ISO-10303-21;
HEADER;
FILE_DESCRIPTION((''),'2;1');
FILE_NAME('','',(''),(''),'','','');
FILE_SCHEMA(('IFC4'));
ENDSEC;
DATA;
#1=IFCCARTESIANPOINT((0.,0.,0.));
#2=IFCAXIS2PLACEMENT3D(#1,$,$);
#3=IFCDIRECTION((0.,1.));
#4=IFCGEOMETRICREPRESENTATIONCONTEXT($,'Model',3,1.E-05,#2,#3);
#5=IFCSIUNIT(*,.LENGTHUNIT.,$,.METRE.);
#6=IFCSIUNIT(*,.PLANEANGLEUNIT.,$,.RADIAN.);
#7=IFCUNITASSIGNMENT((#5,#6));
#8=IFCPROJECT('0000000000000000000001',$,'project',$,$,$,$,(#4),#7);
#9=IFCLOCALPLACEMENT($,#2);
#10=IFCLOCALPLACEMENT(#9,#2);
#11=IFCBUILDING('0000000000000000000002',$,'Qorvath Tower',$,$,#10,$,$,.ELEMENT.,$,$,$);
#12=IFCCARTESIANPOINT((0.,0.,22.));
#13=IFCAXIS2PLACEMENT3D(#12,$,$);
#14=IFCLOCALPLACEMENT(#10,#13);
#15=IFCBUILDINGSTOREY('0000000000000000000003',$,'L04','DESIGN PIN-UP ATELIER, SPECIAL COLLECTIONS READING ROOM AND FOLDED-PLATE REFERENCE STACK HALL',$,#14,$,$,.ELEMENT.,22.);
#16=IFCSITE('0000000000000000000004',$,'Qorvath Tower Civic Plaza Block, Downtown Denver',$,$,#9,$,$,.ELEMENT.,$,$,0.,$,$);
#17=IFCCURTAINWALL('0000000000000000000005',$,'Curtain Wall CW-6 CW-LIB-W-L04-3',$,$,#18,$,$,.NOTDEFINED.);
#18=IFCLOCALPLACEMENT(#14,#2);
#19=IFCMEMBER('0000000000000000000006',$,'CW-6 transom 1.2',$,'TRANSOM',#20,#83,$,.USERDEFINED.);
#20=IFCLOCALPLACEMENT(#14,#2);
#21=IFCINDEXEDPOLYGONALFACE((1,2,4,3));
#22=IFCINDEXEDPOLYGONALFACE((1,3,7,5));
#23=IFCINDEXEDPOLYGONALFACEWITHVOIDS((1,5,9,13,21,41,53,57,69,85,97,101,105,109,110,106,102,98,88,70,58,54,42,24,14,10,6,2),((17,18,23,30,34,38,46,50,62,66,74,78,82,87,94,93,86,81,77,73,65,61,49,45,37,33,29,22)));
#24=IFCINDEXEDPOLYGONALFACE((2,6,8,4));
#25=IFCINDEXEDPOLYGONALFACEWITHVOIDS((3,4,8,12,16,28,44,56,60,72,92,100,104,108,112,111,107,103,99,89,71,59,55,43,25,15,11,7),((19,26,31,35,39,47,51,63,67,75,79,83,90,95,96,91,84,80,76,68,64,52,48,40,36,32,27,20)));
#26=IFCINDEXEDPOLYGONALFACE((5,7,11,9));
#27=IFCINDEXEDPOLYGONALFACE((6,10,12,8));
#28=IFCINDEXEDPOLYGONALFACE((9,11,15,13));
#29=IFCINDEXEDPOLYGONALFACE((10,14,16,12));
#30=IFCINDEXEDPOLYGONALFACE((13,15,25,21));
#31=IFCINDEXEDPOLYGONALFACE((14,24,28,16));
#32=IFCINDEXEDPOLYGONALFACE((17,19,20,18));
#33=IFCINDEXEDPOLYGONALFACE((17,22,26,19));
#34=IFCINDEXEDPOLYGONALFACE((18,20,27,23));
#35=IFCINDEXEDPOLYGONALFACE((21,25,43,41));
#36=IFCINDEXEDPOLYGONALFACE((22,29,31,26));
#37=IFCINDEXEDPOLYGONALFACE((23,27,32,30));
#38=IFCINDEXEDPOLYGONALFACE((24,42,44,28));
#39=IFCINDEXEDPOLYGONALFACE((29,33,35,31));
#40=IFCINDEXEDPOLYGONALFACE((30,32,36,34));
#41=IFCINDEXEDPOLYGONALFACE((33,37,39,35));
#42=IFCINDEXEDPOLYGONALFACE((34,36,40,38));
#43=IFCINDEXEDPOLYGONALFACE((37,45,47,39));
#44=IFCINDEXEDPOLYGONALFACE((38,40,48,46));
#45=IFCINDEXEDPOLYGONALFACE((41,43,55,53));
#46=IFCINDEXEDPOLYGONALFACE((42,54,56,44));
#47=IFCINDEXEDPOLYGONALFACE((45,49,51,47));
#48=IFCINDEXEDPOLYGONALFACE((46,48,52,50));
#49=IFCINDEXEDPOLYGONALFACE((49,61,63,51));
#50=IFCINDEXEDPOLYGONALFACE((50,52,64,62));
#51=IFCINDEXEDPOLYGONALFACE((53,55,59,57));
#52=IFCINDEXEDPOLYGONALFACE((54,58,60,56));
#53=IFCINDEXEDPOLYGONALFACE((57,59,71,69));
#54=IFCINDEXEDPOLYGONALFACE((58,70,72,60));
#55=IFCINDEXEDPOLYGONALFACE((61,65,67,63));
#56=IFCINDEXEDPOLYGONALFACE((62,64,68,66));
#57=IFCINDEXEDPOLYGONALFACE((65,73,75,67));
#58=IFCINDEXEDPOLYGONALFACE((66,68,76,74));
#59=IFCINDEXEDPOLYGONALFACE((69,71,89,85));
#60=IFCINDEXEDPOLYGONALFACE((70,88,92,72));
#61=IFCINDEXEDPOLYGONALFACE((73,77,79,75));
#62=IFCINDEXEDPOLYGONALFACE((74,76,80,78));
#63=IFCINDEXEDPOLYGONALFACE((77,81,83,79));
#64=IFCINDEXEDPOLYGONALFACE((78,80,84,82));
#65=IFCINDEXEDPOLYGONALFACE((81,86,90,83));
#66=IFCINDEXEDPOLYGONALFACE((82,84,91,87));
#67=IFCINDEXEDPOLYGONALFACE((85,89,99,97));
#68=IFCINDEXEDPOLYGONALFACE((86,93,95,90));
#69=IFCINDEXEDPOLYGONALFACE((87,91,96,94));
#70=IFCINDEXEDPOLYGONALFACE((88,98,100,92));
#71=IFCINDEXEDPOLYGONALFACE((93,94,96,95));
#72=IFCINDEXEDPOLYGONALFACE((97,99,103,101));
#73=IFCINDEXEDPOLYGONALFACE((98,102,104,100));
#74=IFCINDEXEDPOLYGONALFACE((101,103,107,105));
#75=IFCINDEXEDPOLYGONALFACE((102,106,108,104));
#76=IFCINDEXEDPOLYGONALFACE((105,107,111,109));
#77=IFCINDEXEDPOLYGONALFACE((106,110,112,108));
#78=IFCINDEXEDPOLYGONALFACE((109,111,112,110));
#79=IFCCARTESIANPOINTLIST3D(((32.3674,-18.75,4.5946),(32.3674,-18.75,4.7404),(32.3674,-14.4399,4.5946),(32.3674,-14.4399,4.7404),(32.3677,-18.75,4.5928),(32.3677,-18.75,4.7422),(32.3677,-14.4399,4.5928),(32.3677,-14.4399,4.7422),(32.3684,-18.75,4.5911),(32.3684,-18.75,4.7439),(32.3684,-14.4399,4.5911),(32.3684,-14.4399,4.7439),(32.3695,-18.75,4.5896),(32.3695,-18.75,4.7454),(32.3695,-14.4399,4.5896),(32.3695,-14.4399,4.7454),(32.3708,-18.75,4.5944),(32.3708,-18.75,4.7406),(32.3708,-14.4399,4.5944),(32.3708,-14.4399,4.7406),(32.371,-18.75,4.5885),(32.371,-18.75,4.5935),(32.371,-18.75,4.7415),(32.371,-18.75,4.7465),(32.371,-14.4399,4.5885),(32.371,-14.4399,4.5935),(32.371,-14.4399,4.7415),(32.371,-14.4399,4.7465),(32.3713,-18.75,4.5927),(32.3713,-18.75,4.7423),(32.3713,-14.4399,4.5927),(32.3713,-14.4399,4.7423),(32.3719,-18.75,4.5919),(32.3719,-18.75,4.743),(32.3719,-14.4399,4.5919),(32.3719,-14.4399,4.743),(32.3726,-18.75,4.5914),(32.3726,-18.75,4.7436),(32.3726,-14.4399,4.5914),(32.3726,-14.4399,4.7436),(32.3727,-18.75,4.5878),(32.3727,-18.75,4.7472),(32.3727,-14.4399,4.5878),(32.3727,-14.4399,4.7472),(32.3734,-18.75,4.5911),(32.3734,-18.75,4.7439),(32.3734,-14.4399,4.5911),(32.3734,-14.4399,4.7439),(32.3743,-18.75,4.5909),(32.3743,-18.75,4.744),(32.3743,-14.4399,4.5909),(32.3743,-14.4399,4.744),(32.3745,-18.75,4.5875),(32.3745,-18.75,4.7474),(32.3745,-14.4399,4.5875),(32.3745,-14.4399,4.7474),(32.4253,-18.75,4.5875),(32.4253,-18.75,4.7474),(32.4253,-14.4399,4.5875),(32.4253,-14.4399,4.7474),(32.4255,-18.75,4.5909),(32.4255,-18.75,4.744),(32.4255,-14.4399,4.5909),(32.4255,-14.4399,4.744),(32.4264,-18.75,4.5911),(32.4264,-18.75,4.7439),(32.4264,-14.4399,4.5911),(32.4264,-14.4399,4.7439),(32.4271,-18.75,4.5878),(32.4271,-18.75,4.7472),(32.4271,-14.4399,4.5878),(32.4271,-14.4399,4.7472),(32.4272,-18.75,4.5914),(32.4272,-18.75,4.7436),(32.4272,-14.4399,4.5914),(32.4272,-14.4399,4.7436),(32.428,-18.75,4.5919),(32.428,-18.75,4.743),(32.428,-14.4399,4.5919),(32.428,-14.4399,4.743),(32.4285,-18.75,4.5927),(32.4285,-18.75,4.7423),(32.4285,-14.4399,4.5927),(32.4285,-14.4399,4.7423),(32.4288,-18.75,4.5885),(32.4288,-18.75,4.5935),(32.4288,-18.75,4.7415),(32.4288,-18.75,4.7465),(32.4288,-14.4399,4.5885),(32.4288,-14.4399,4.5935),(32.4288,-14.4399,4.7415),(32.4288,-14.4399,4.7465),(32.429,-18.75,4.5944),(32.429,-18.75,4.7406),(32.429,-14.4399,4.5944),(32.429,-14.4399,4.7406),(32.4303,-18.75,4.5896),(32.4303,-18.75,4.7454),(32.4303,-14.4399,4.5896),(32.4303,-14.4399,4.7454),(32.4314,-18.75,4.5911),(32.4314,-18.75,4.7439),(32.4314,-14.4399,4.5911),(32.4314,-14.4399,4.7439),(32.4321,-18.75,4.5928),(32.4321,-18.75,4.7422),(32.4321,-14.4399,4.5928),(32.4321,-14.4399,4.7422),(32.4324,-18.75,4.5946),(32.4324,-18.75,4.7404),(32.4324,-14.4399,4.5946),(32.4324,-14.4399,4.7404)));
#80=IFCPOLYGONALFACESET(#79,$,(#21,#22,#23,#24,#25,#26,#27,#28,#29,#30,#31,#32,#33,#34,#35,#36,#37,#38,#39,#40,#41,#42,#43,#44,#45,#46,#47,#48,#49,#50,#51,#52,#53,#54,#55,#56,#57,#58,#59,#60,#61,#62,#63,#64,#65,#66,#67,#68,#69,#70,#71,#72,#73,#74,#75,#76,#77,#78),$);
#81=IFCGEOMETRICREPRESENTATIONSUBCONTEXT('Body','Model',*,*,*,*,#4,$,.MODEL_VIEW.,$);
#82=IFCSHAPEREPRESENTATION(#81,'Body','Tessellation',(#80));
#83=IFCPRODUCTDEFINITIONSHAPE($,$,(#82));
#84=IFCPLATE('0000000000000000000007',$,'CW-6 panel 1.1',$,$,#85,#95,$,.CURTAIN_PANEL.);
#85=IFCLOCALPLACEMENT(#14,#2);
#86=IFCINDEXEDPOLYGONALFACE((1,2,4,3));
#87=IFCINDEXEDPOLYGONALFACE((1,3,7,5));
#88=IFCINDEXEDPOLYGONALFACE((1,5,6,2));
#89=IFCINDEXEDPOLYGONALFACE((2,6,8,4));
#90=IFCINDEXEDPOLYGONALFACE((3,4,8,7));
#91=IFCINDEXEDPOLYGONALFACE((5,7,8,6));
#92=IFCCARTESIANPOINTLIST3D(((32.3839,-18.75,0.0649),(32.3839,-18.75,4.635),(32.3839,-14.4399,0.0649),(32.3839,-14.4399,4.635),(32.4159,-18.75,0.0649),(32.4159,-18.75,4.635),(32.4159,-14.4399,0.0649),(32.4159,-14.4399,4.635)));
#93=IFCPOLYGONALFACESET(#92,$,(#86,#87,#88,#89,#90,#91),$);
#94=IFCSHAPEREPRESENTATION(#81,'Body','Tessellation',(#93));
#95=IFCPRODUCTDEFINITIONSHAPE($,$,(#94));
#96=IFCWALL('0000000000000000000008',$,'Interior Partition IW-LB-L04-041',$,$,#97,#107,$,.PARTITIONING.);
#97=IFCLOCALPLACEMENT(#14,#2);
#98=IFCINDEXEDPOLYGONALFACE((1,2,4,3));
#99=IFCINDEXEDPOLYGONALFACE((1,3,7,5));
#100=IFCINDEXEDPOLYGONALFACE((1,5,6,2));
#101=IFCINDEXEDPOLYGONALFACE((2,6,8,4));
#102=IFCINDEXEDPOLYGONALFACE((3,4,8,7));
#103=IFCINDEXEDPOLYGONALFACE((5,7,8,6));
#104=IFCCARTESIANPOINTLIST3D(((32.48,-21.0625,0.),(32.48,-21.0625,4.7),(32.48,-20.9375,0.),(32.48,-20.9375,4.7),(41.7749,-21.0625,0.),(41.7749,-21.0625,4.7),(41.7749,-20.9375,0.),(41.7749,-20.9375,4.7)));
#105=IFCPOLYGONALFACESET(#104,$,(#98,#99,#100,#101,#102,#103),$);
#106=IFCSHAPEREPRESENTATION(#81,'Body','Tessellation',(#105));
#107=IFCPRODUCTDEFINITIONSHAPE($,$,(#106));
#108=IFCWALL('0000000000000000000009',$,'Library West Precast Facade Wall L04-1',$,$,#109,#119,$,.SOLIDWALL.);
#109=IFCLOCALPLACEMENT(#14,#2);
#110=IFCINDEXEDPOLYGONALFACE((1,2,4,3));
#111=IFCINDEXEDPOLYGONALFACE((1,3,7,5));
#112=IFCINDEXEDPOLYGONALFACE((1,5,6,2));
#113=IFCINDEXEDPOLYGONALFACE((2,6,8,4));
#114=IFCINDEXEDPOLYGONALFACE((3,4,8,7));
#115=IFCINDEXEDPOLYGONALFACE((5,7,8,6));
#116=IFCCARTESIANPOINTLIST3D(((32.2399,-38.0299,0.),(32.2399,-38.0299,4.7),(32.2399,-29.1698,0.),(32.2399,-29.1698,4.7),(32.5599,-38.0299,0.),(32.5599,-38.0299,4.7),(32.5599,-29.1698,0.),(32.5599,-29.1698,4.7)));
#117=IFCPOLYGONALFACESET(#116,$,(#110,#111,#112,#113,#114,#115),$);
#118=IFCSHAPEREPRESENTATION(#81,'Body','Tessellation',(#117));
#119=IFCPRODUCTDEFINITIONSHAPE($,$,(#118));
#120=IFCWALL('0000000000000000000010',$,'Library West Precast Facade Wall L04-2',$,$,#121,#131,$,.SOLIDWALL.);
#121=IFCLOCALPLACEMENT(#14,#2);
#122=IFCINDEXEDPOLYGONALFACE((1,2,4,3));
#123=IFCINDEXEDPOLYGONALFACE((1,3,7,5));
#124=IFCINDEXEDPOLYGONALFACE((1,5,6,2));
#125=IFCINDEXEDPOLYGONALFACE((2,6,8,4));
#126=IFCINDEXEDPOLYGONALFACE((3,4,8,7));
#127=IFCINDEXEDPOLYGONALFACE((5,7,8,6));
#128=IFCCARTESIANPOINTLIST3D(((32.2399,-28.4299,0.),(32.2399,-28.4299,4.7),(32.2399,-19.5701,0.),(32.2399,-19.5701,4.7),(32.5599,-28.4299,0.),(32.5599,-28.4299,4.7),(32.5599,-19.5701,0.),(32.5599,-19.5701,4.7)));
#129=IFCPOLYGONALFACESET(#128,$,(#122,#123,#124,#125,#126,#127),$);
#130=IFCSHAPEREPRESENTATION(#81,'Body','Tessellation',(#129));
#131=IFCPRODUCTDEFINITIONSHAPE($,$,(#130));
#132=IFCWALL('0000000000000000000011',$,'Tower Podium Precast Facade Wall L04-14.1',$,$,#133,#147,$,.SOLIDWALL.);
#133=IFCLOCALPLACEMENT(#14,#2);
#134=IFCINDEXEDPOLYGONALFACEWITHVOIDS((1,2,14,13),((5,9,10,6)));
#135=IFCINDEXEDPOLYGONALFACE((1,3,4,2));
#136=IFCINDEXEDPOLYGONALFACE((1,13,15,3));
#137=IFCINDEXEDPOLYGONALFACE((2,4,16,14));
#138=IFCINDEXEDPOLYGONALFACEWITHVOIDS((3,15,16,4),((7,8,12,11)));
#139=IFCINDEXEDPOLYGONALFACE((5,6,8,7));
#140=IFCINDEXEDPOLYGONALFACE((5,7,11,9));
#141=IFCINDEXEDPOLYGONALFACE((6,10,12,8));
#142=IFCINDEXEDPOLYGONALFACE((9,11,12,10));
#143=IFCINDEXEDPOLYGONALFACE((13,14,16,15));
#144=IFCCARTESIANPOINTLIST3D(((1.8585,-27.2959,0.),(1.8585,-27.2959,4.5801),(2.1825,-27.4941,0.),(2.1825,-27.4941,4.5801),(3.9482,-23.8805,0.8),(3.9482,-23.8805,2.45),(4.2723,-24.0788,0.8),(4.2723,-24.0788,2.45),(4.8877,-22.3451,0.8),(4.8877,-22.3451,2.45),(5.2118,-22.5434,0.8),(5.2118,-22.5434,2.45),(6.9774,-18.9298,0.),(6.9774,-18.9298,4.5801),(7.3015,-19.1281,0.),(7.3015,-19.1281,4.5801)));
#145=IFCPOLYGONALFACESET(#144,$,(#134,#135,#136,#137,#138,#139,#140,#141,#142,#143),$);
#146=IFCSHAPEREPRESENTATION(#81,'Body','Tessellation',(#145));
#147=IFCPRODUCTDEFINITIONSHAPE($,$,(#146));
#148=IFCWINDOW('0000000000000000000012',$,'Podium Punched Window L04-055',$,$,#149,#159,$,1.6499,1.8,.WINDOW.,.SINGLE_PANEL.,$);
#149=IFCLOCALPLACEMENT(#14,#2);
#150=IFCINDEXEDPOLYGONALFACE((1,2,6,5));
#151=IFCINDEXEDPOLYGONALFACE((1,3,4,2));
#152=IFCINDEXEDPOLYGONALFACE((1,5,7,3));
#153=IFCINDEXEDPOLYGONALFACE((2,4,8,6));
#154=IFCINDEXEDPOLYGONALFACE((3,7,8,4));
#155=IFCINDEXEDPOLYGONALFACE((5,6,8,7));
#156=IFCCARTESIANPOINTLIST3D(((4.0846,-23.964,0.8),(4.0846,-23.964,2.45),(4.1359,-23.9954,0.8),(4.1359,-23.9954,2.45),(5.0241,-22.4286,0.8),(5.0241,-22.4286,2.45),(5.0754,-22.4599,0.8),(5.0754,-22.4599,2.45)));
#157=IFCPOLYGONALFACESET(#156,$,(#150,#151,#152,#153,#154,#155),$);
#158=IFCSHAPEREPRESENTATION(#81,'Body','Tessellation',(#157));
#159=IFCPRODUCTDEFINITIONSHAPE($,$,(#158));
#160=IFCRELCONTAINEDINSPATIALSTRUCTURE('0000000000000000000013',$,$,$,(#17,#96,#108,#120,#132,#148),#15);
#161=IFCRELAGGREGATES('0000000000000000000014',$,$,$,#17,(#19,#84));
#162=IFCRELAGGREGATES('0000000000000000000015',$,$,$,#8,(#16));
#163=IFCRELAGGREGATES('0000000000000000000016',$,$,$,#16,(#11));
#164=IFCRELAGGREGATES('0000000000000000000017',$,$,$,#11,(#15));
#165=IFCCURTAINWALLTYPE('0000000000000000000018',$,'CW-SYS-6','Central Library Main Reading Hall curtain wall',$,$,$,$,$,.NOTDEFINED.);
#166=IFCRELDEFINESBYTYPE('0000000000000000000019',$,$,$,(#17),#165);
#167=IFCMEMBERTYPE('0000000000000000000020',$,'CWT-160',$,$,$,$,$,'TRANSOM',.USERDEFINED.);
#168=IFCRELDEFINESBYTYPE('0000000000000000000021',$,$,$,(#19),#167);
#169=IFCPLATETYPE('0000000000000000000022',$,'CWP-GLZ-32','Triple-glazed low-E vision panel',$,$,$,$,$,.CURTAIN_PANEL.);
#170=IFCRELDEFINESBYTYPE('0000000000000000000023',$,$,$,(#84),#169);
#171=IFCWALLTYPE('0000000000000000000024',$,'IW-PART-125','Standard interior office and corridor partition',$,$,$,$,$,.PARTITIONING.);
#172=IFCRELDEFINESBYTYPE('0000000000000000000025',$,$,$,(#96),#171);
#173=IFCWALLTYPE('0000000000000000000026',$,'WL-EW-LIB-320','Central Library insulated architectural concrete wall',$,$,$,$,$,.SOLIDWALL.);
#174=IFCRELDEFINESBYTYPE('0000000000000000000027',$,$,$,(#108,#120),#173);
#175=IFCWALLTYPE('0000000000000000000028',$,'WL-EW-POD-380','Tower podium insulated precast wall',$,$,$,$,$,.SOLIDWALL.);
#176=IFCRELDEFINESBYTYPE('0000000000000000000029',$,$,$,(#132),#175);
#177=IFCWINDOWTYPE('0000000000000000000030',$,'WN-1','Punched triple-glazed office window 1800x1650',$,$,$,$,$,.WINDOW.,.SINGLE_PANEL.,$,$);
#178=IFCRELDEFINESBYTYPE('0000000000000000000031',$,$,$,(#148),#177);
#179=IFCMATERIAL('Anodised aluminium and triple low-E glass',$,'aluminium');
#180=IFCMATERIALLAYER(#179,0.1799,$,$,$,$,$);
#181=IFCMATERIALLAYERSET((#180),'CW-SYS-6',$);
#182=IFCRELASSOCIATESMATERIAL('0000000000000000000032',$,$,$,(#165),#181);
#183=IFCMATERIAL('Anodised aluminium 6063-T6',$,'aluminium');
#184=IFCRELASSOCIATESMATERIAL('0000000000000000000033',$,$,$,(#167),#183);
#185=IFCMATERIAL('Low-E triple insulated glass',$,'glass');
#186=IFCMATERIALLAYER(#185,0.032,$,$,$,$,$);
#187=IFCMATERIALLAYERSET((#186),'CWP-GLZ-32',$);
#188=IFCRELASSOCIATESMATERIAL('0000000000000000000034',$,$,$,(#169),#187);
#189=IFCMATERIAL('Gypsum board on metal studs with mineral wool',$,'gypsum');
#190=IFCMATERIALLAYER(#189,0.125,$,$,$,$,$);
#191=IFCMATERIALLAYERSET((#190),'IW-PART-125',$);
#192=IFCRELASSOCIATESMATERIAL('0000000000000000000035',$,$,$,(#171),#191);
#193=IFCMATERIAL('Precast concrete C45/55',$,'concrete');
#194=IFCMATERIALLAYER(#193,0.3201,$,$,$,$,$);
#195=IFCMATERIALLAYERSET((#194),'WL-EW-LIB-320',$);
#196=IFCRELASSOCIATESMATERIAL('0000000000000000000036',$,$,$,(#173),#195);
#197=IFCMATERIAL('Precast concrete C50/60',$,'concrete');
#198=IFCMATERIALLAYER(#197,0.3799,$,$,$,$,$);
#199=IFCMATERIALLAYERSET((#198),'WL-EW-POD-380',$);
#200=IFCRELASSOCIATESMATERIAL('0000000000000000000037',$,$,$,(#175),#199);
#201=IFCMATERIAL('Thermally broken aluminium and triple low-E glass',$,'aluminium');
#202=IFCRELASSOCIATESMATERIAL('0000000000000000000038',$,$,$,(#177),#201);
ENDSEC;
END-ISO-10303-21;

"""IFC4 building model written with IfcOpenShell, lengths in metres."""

from ifc_helpers import new_model, si_unit, direction, frame, frame_2d, origin, origin_2d, place, context, subcontext, project, spatial, rectangle, hollow_rectangle, extrude, material, layer, layer_set, material_profile, profile_set, type_object, element, fill, aggregate, save


model = new_model("IFC4")

# Units and contexts
model_context = context("Model", 3, precision=1e-05, world=origin(), true_north=direction((0.0, 1.0)))
body_context = subcontext(model_context, "Body", "Model", "MODEL_VIEW")
ifc_project = project(units=[si_unit("LENGTHUNIT", "METRE"), si_unit("PLANEANGLEUNIT", "RADIAN")], contexts=[model_context])

# Site, building, storey
site_placement = place(None, origin())
site = spatial("IfcSite", under=ifc_project, at=site_placement, Name="Qorvath Tower Civic Plaza Block, Downtown Denver", CompositionType="ELEMENT", RefElevation=0.0)
building_placement = place(site_placement, origin())
building = spatial("IfcBuilding", under=site, at=building_placement, Name="Qorvath Tower", CompositionType="ELEMENT")
storey_placement = place(building_placement, frame((0.0, 0.0, 22.0)))
storey = spatial("IfcBuildingStorey", under=building, at=storey_placement, Name="L04", Description="DESIGN PIN-UP ATELIER, SPECIAL COLLECTIONS READING ROOM AND FOLDED-PLATE REFERENCE STACK HALL", CompositionType="ELEMENT", Elevation=22.0)

# Curtain wall, member, plate
ifc_material_1 = material(Name="Anodised aluminium and triple low-E glass", Category="aluminium")
ifc_layer_1 = layer(ifc_material_1, 0.1799)
ifc_layer_set_1 = layer_set([ifc_layer_1], Name="CW-SYS-6")
curtain_wall_type = type_object("IfcCurtainWallType", Name="CW-SYS-6", Description="Central Library Main Reading Hall curtain wall", PredefinedType="NOTDEFINED", material=ifc_layer_set_1)
curtain_wall_placement = place(storey_placement, origin())
curtain_wall = element("IfcCurtainWall", 1, at=curtain_wall_placement, inside=storey, type_object=curtain_wall_type, Name="Curtain Wall CW-6 CW-LIB-W-L04-3", PredefinedType="NOTDEFINED")
ifc_material_2 = material(Name="Anodised aluminium 6063-T6", Category="aluminium")
ifc_material_profile_1 = material_profile(ifc_material_2, hollow_rectangle(XDim=0.0649, YDim=0.1599, WallThickness=0.0034, InnerFilletRadius=0.0034, OuterFilletRadius=0.0071, at=origin_2d()), Name="CWT 160x65")
ifc_profile_set_1 = profile_set([ifc_material_profile_1], Name="Anodised aluminium 6063-T6")
member_type_1 = type_object("IfcMemberType", Name="CWT-160", ElementType="TRANSOM", PredefinedType="USERDEFINED", material=ifc_profile_set_1)
member_1_placement = place(storey_placement, frame((32.3999, -18.75, 4.6675), z_axis=(0.0, 1.0, 0.0), x_axis=(-1.0, 0.0, 0.0)))
member_1 = element("IfcMember", 2, at=member_1_placement, type_object=member_type_1, Name="CW-6 transom 1.2", ObjectType="TRANSOM", PredefinedType="USERDEFINED", context=body_context, shape_type="SweptSolid", body=[
    extrude(hollow_rectangle(XDim=0.0649, YDim=0.1599, WallThickness=0.0034, InnerFilletRadius=0.0034, OuterFilletRadius=0.0071, at=origin_2d()), origin(), (0.0, 0.0, 1.0), 4.3101),
])
ifc_material_3 = material(Name="Low-E triple insulated glass", Category="glass")
ifc_layer_2 = layer(ifc_material_3, 0.032)
ifc_layer_set_2 = layer_set([ifc_layer_2], Name="CWP-GLZ-32")
plate_type = type_object("IfcPlateType", Name="CWP-GLZ-32", Description="Triple-glazed low-E vision panel", PredefinedType="CURTAIN_PANEL", material=ifc_layer_set_2)
plate_placement = place(storey_placement, frame((32.3999, -16.595, 0.0649), z_axis=(0.0, 0.0, 1.0), x_axis=(0.0, 1.0, 0.0)))
plate = element("IfcPlate", 3, at=plate_placement, type_object=plate_type, Name="CW-6 panel 1.1", PredefinedType="CURTAIN_PANEL", context=body_context, shape_type="SweptSolid", body=[
    extrude(rectangle(XDim=4.3101, YDim=0.032, at=origin_2d()), origin(), (0.0, 0.0, 1.0), 4.5701),
])
aggregate(curtain_wall, [member_1, plate])

# Walls
ifc_material_4 = material(Name="Gypsum board on metal studs with mineral wool", Category="gypsum")
ifc_layer_3 = layer(ifc_material_4, 0.125)
ifc_layer_set_3 = layer_set([ifc_layer_3], Name="IW-PART-125")
wall_type_1 = type_object("IfcWallType", Name="IW-PART-125", Description="Standard interior office and corridor partition", PredefinedType="PARTITIONING", material=ifc_layer_set_3)
wall_1_placement = place(storey_placement, frame((32.48, -21.0, 0.0), z_axis=(0.0, 0.0, 1.0), x_axis=(1.0, 0.0, 0.0)))
element("IfcWall", 4, at=wall_1_placement, inside=storey, type_object=wall_type_1, Name="Interior Partition IW-LB-L04-041", PredefinedType="PARTITIONING", context=body_context, shape_type="SweptSolid", body=[
    extrude(rectangle(XDim=9.2949, YDim=0.125, at=frame_2d((4.6475, 0.0))), origin(), (0.0, 0.0, 1.0), 4.7),
])
ifc_material_5 = material(Name="Precast concrete C45/55", Category="concrete")
ifc_layer_4 = layer(ifc_material_5, 0.3201)
ifc_layer_set_4 = layer_set([ifc_layer_4], Name="WL-EW-LIB-320")
wall_type_2 = type_object("IfcWallType", Name="WL-EW-LIB-320", Description="Central Library insulated architectural concrete wall", PredefinedType="SOLIDWALL", material=ifc_layer_set_4)
wall_2_placement = place(storey_placement, frame((32.3999, -38.03, 0.0), z_axis=(0.0, 0.0, 1.0), x_axis=(0.0, 1.0, 0.0)))
element("IfcWall", 5, at=wall_2_placement, inside=storey, type_object=wall_type_2, Name="Library West Precast Facade Wall L04-1", PredefinedType="SOLIDWALL", context=body_context, shape_type="SweptSolid", body=[
    extrude(rectangle(XDim=8.8601, YDim=0.3201, at=frame_2d((4.4302, 0.0))), origin(), (0.0, 0.0, 1.0), 4.7),
])
wall_3_placement = place(storey_placement, frame((32.3999, -28.4299, 0.0), z_axis=(0.0, 0.0, 1.0), x_axis=(0.0, 1.0, 0.0)))
element("IfcWall", 6, at=wall_3_placement, inside=storey, type_object=wall_type_2, Name="Library West Precast Facade Wall L04-2", PredefinedType="SOLIDWALL", context=body_context, shape_type="SweptSolid", body=[
    extrude(rectangle(XDim=8.8599, YDim=0.3201, at=frame_2d((4.4299, 0.0))), origin(), (0.0, 0.0, 1.0), 4.7),
])

# Wall, opening, window
ifc_material_6 = material(Name="Precast concrete C50/60", Category="concrete")
ifc_layer_5 = layer(ifc_material_6, 0.3799)
ifc_layer_set_5 = layer_set([ifc_layer_5], Name="WL-EW-POD-380")
wall_type_3 = type_object("IfcWallType", Name="WL-EW-POD-380", Description="Tower podium insulated precast wall", PredefinedType="SOLIDWALL", material=ifc_layer_set_5)
wall_4_placement = place(storey_placement, frame((7.1394, -19.0291, 0.0), z_axis=(0.0, 0.0, 1.0), x_axis=(-0.521922, -0.852993, 0.0)))
wall_4 = element("IfcWall", 7, at=wall_4_placement, inside=storey, type_object=wall_type_3, Name="Tower Podium Precast Facade Wall L04-14.1", PredefinedType="SOLIDWALL", context=body_context, shape_type="SweptSolid", body=[
    extrude(rectangle(XDim=9.8079, YDim=0.3799, at=frame_2d((4.9038, 0.0))), origin(), (0.0, 0.0, 1.0), 4.5801),
])
opening_placement = place(wall_4_placement, frame((4.0039, 0.0, 0.8)))
opening = element("IfcOpeningElement", 8, at=opening_placement, cuts=wall_4, PredefinedType="OPENING", context=body_context, shape_type="SweptSolid", body=[
    extrude(rectangle(XDim=1.8, YDim=1.6499, at=frame_2d((0.8999, 0.825))), frame((0.0, 0.2, 0.0), z_axis=(0.0, -1.0, 0.0), x_axis=(1.0, 0.0, 0.0)), (0.0, 0.0, 1.0), 0.3999),
])
ifc_material_7 = material(Name="Thermally broken aluminium and triple low-E glass", Category="aluminium")
window_type = type_object("IfcWindowType", Name="WN-1", Description="Punched triple-glazed office window 1800x1650", PartitioningType="SINGLE_PANEL", PredefinedType="WINDOW", material=ifc_material_7)
window_placement = place(opening_placement, origin())
window = element("IfcWindow", 9, at=window_placement, inside=storey, type_object=window_type, Name="Podium Punched Window L04-055", OverallHeight=1.6499, OverallWidth=1.8, PartitioningType="SINGLE_PANEL", PredefinedType="WINDOW", context=body_context, shape_type="SweptSolid", body=[
    extrude(rectangle(XDim=1.8, YDim=1.6499, at=frame_2d((0.8999, 0.825))), frame((0.0, 0.03, 0.0), z_axis=(0.0, -1.0, 0.0), x_axis=(1.0, 0.0, 0.0)), (0.0, 0.0, 1.0), 0.0601),
])
fill(opening, window)

save(model, "model.ifc")
